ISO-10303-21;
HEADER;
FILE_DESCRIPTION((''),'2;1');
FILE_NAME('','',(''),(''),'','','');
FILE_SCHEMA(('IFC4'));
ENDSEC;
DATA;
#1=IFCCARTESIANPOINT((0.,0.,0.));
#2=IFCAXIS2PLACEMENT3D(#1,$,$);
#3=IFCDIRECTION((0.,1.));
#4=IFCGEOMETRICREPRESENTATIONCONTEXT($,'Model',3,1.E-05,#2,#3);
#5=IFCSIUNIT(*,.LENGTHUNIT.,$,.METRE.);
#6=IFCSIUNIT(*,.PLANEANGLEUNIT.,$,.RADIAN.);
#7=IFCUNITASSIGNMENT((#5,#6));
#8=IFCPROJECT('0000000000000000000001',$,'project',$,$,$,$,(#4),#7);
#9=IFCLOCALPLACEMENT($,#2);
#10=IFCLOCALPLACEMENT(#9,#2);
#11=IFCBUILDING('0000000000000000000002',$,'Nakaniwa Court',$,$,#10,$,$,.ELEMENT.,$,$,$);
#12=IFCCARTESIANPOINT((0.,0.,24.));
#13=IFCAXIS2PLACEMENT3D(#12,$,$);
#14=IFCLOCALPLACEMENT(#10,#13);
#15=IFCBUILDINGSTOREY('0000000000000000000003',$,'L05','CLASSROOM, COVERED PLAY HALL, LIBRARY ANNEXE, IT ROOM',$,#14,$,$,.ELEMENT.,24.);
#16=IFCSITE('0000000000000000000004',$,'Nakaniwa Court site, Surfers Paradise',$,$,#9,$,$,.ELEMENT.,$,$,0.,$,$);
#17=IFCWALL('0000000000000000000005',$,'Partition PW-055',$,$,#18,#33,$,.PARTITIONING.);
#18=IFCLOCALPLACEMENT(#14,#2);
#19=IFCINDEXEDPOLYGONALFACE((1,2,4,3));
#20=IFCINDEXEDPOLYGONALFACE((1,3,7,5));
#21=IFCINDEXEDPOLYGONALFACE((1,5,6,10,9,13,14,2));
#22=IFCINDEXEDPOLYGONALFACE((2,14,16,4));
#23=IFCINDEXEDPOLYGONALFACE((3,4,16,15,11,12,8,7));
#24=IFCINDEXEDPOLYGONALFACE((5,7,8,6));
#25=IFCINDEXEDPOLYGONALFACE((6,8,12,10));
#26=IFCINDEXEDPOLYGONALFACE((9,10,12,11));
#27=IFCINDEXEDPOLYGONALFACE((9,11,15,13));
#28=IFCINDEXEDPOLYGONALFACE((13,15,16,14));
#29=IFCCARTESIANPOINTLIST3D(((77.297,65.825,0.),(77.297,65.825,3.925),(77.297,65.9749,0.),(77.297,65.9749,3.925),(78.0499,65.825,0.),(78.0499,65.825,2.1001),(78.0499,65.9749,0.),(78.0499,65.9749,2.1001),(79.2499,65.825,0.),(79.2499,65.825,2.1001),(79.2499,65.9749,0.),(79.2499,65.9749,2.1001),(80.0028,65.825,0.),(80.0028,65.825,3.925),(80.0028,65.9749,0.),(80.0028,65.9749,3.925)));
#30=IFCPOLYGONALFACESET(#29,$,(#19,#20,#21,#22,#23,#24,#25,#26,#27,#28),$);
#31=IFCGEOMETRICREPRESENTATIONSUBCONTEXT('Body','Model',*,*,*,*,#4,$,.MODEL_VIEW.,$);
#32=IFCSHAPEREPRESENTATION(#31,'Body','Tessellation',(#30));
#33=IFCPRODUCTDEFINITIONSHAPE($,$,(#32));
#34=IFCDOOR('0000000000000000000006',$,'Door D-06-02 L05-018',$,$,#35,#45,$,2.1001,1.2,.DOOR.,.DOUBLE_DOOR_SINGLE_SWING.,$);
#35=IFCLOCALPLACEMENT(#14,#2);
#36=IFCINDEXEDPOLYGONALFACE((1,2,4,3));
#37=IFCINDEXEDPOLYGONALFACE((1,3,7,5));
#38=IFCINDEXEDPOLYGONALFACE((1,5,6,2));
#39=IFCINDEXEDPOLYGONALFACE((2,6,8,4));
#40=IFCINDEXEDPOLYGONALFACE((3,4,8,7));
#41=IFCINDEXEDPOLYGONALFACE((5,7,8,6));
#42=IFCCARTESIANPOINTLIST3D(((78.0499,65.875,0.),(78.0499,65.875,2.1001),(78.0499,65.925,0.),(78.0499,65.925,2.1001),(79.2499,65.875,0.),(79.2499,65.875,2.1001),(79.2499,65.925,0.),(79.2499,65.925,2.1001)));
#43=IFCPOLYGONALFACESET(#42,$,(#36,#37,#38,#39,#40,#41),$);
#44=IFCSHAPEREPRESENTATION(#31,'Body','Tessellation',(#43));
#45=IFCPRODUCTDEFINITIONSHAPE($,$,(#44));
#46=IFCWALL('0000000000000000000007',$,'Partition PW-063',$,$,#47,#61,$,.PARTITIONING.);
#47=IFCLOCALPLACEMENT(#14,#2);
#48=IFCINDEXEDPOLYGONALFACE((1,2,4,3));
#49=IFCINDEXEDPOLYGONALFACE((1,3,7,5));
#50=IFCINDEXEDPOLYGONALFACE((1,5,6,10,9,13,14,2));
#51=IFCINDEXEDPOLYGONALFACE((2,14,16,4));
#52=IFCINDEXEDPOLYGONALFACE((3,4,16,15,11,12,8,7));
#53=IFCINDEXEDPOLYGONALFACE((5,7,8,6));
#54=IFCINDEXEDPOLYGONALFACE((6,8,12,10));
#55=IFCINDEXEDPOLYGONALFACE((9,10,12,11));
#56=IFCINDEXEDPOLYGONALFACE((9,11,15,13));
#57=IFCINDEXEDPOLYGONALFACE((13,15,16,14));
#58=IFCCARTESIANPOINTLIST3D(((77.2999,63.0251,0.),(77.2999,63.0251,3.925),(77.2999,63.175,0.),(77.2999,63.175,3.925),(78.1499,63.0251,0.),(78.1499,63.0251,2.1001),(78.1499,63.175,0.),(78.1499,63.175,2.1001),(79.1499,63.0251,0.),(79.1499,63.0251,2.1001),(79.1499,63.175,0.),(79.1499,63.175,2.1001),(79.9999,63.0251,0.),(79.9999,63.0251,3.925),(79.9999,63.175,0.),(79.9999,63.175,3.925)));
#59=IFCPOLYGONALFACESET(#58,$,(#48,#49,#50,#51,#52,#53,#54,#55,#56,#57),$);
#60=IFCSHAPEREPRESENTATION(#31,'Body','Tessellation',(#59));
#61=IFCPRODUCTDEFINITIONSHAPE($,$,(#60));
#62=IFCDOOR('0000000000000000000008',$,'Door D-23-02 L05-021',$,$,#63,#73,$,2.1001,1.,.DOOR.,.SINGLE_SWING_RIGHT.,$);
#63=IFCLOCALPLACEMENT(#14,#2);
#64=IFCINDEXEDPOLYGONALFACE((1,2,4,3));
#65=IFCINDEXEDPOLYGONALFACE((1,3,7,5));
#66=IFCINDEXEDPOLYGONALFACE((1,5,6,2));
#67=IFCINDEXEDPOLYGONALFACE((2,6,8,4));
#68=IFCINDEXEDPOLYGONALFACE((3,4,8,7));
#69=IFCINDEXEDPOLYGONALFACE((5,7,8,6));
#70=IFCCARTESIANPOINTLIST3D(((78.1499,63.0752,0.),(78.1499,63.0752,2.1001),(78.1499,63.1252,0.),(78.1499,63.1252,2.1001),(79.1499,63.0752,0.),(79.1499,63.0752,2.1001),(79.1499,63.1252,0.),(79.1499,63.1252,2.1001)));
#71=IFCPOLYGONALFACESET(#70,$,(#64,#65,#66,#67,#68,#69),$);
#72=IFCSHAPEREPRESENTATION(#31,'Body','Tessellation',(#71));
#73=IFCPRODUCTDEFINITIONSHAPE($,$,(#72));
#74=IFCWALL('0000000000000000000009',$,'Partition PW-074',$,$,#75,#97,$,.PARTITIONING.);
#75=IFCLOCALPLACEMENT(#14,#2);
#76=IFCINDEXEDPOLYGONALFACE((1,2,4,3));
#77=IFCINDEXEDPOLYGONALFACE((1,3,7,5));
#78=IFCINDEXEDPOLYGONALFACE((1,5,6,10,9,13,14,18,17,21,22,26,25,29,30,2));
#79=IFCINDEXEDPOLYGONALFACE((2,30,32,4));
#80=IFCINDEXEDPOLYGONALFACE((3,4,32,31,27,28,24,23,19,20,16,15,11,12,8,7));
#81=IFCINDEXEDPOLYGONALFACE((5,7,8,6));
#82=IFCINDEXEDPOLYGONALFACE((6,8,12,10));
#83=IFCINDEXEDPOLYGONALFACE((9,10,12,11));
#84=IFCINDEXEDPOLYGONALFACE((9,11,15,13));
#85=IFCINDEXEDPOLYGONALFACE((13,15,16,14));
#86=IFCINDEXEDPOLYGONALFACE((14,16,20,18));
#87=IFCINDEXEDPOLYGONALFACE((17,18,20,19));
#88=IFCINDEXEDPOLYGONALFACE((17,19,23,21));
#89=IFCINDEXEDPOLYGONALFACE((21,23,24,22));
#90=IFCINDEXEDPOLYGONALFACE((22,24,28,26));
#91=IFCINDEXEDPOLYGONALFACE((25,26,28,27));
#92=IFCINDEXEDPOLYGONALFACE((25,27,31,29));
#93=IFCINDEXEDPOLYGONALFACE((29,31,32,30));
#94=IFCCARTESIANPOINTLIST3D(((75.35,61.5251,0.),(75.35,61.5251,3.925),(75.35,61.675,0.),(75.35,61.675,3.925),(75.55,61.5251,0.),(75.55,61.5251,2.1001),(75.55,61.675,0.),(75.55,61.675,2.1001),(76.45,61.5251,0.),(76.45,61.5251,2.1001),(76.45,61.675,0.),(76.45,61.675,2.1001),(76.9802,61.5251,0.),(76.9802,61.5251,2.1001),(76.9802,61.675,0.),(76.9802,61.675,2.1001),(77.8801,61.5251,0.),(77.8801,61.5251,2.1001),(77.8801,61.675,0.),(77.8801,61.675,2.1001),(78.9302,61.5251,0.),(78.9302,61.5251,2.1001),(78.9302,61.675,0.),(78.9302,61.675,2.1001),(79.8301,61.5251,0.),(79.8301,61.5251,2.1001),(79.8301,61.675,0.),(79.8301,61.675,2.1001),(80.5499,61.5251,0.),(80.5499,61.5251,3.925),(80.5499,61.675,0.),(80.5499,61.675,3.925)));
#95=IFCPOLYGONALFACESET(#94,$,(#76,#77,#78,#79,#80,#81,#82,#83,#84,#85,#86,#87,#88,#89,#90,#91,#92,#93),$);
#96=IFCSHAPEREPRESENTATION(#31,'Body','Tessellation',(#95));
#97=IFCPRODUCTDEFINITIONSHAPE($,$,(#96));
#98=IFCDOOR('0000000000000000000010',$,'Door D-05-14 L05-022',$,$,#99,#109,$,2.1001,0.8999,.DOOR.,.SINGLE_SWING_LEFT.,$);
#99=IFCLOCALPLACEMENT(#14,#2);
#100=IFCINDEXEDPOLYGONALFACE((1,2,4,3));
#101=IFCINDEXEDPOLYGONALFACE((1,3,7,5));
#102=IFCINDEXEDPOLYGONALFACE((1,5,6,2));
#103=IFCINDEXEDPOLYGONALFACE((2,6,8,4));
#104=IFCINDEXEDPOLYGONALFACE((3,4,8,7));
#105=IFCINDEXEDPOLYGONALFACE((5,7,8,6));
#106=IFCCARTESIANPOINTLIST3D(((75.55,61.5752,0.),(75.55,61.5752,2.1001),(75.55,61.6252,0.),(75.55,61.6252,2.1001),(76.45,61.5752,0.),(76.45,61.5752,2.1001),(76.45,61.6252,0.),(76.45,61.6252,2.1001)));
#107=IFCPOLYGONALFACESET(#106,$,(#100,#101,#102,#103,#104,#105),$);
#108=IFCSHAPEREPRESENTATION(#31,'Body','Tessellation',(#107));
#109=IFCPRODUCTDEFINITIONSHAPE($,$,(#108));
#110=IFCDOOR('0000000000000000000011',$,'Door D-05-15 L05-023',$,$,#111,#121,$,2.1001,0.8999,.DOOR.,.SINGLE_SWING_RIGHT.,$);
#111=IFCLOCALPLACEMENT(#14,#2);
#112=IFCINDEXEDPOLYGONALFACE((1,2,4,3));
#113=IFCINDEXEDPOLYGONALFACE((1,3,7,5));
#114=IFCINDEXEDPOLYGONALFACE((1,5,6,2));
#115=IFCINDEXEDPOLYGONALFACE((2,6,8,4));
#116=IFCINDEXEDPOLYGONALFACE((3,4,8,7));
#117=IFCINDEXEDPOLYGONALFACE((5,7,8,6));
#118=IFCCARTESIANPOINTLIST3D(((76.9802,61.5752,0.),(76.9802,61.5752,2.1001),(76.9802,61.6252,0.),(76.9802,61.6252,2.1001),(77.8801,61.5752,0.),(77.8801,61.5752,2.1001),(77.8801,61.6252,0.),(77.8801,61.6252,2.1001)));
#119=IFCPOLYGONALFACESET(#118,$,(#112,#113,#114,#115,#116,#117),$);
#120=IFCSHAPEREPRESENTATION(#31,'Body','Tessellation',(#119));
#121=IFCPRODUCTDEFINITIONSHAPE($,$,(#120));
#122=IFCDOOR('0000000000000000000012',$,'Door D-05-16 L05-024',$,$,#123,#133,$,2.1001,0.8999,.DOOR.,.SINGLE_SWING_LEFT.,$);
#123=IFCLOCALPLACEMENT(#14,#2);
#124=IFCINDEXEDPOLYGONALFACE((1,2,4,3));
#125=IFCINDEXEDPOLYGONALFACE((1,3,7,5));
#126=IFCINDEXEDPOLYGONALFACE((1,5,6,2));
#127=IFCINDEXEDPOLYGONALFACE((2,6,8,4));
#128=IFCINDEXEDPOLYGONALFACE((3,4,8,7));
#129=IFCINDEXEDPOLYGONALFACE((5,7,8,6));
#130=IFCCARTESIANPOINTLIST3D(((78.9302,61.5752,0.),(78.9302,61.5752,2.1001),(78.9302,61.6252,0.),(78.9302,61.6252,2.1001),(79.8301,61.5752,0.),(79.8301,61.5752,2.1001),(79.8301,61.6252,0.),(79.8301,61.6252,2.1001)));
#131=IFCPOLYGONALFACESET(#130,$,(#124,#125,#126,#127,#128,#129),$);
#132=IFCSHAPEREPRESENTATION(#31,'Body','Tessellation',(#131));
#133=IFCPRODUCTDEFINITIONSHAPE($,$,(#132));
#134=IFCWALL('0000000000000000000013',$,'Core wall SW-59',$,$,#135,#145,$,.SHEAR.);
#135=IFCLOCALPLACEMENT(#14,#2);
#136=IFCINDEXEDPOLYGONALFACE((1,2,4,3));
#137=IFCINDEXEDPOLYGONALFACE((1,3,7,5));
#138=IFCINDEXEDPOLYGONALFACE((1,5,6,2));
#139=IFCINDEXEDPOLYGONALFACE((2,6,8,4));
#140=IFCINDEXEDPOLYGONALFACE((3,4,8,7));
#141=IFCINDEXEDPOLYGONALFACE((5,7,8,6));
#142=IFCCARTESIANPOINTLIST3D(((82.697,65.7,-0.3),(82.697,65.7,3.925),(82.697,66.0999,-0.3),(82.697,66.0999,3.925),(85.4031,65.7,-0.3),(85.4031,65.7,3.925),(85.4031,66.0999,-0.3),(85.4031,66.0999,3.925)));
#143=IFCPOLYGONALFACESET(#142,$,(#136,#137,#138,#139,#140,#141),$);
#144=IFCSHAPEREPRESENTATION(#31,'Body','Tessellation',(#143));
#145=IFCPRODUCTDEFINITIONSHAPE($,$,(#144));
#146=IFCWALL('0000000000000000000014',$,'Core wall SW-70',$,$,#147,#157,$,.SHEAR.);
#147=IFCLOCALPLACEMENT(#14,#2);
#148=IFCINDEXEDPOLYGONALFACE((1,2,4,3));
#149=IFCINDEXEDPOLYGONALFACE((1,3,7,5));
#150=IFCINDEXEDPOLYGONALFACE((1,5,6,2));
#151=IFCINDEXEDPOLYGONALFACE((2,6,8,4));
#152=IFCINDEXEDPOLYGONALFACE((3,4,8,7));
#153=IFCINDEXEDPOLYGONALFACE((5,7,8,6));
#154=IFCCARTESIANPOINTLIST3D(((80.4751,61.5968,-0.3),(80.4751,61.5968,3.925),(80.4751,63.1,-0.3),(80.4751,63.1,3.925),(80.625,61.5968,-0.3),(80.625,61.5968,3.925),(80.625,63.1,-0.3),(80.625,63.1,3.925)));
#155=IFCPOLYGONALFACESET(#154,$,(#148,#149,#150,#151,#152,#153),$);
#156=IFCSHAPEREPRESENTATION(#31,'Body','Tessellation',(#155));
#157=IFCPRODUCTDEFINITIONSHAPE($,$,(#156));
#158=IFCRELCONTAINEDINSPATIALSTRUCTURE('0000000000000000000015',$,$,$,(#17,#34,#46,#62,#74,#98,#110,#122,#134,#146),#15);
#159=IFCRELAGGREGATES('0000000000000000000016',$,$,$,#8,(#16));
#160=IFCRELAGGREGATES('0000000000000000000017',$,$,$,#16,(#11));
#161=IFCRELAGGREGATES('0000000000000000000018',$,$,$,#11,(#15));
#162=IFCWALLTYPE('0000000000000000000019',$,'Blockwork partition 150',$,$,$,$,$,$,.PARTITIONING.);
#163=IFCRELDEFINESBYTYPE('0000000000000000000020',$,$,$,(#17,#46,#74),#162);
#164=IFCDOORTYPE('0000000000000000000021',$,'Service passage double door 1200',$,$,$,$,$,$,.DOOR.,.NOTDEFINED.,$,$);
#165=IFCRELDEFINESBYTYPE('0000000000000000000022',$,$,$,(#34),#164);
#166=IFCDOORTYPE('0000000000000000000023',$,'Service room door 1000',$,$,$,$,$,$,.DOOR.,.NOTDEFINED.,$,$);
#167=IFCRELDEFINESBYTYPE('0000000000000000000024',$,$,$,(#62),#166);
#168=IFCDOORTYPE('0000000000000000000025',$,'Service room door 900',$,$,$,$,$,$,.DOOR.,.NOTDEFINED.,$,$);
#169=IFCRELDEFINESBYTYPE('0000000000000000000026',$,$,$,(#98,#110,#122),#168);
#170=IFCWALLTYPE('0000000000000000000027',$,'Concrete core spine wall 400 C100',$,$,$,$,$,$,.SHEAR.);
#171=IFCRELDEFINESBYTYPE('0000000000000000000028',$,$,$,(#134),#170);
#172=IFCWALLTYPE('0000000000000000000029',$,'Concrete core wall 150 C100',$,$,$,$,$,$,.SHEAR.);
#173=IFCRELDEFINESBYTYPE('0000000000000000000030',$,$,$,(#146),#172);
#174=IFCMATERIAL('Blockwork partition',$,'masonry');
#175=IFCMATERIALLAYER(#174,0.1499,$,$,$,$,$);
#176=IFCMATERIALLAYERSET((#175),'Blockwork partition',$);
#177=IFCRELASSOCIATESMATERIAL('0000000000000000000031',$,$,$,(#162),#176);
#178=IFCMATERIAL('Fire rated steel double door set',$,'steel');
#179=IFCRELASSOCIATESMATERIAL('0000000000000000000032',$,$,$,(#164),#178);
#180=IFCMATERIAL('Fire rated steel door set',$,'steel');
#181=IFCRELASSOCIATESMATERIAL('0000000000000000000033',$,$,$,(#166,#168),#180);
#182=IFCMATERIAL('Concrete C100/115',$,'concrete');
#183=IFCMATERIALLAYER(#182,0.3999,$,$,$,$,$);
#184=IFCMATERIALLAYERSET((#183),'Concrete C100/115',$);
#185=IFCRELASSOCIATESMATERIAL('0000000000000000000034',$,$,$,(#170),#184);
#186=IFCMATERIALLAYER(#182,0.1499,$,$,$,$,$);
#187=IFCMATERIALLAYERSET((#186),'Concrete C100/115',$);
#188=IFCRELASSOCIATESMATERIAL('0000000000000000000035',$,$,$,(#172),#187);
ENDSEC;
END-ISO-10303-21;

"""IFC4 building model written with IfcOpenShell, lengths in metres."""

from ifc_helpers import new_model, si_unit, direction, frame, frame_2d, origin, place, context, subcontext, project, spatial, rectangle, extrude, material, layer, layer_set, type_object, element, fill, save


model = new_model("IFC4")

# Units and contexts
model_context = context("Model", 3, precision=1e-05, world=origin(), true_north=direction((0.0, 1.0)))
body_context = subcontext(model_context, "Body", "Model", "MODEL_VIEW")
ifc_project = project(units=[si_unit("LENGTHUNIT", "METRE"), si_unit("PLANEANGLEUNIT", "RADIAN")], contexts=[model_context])

# Site, building, storey
site_placement = place(None, origin())
site = spatial("IfcSite", under=ifc_project, at=site_placement, Name="Nakaniwa Court site, Surfers Paradise", CompositionType="ELEMENT", RefElevation=0.0)
building_placement = place(site_placement, origin())
building = spatial("IfcBuilding", under=site, at=building_placement, Name="Nakaniwa Court", CompositionType="ELEMENT")
storey_placement = place(building_placement, frame((0.0, 0.0, 24.0)))
storey = spatial("IfcBuildingStorey", under=building, at=storey_placement, Name="L05", Description="CLASSROOM, COVERED PLAY HALL, LIBRARY ANNEXE, IT ROOM", CompositionType="ELEMENT", Elevation=24.0)

# Walls, openings, doors
ifc_material_1 = material(Name="Blockwork partition", Category="masonry")
ifc_layer_1 = layer(ifc_material_1, 0.1499)
ifc_layer_set_1 = layer_set([ifc_layer_1], Name="Blockwork partition")
wall_type_1 = type_object("IfcWallType", Name="Blockwork partition 150", PredefinedType="PARTITIONING", material=ifc_layer_set_1)
wall_1_placement = place(storey_placement, frame((80.0029, 65.8999, 0.0), z_axis=(0.0, 0.0, 1.0), x_axis=(-1.0, 0.0, 0.0)))
wall_1 = element("IfcWall", 1, at=wall_1_placement, inside=storey, type_object=wall_type_1, Name="Partition PW-055", PredefinedType="PARTITIONING", context=body_context, shape_type="SweptSolid", body=[
    extrude(rectangle(XDim=2.7058, YDim=0.1499, at=frame_2d((1.353, 0.0))), origin(), (0.0, 0.0, 1.0), 3.925),
])
opening_1_placement = place(wall_1_placement, frame((0.7529, 0.0, 0.0)))
opening_1 = element("IfcOpeningElement", 2, at=opening_1_placement, cuts=wall_1, PredefinedType="OPENING", context=body_context, shape_type="SweptSolid", body=[
    extrude(rectangle(XDim=1.2, YDim=2.1001, at=frame_2d((0.6001, 1.05))), frame((0.0, 0.085, 0.0), z_axis=(0.0, -1.0, 0.0), x_axis=(1.0, 0.0, 0.0)), (0.0, 0.0, 1.0), 0.1699),
])
ifc_material_2 = material(Name="Fire rated steel double door set", Category="steel")
door_type_1 = type_object("IfcDoorType", Name="Service passage double door 1200", OperationType="NOTDEFINED", PredefinedType="DOOR", material=ifc_material_2)
door_1_placement = place(opening_1_placement, origin())
door_1 = element("IfcDoor", 3, at=door_1_placement, inside=storey, type_object=door_type_1, Name="Door D-06-02 L05-018", OperationType="DOUBLE_DOOR_SINGLE_SWING", OverallHeight=2.1001, OverallWidth=1.2, PredefinedType="DOOR", context=body_context, shape_type="SweptSolid", body=[
    extrude(rectangle(XDim=1.2, YDim=2.1001, at=frame_2d((0.6001, 1.05))), frame((0.0, 0.0249, 0.0), z_axis=(0.0, -1.0, 0.0), x_axis=(1.0, 0.0, 0.0)), (0.0, 0.0, 1.0), 0.05),
])
fill(opening_1, door_1)
wall_2_placement = place(storey_placement, frame((80.0, 63.1001, 0.0), z_axis=(0.0, 0.0, 1.0), x_axis=(-1.0, 0.0, 0.0)))
wall_2 = element("IfcWall", 4, at=wall_2_placement, inside=storey, type_object=wall_type_1, Name="Partition PW-063", PredefinedType="PARTITIONING", context=body_context, shape_type="SweptSolid", body=[
    extrude(rectangle(XDim=2.7, YDim=0.1499, at=frame_2d((1.3501, 0.0))), origin(), (0.0, 0.0, 1.0), 3.925),
])
opening_2_placement = place(wall_2_placement, frame((0.8501, 0.0, 0.0)))
opening_2 = element("IfcOpeningElement", 5, at=opening_2_placement, cuts=wall_2, PredefinedType="OPENING", context=body_context, shape_type="SweptSolid", body=[
    extrude(rectangle(XDim=1.0, YDim=2.1001, at=frame_2d((0.5, 1.05))), frame((0.0, 0.085, 0.0), z_axis=(0.0, -1.0, 0.0), x_axis=(1.0, 0.0, 0.0)), (0.0, 0.0, 1.0), 0.1699),
])
ifc_material_3 = material(Name="Fire rated steel door set", Category="steel")
door_type_2 = type_object("IfcDoorType", Name="Service room door 1000", OperationType="NOTDEFINED", PredefinedType="DOOR", material=ifc_material_3)
door_2_placement = place(opening_2_placement, origin())
door_2 = element("IfcDoor", 6, at=door_2_placement, inside=storey, type_object=door_type_2, Name="Door D-23-02 L05-021", OperationType="SINGLE_SWING_RIGHT", OverallHeight=2.1001, OverallWidth=1.0, PredefinedType="DOOR", context=body_context, shape_type="SweptSolid", body=[
    extrude(rectangle(XDim=1.0, YDim=2.1001, at=frame_2d((0.5, 1.05))), frame((0.0, 0.0249, 0.0), z_axis=(0.0, -1.0, 0.0), x_axis=(1.0, 0.0, 0.0)), (0.0, 0.0, 1.0), 0.05),
])
fill(opening_2, door_2)

# Wall, openings, doors
wall_3_placement = place(storey_placement, frame((80.55, 61.6001, 0.0), z_axis=(0.0, 0.0, 1.0), x_axis=(-1.0, 0.0, 0.0)))
wall_3 = element("IfcWall", 7, at=wall_3_placement, inside=storey, type_object=wall_type_1, Name="Partition PW-074", PredefinedType="PARTITIONING", context=body_context, shape_type="SweptSolid", body=[
    extrude(rectangle(XDim=5.2, YDim=0.1499, at=frame_2d((2.6001, 0.0))), origin(), (0.0, 0.0, 1.0), 3.925),
])
opening_3_placement = place(wall_3_placement, frame((4.1001, 0.0, 0.0)))
opening_3 = element("IfcOpeningElement", 8, at=opening_3_placement, cuts=wall_3, PredefinedType="OPENING", context=body_context, shape_type="SweptSolid", body=[
    extrude(rectangle(XDim=0.8999, YDim=2.1001, at=frame_2d((0.45, 1.05))), frame((0.0, 0.085, 0.0), z_axis=(0.0, -1.0, 0.0), x_axis=(1.0, 0.0, 0.0)), (0.0, 0.0, 1.0), 0.1699),
])
opening_4_placement = place(wall_3_placement, frame((2.6699, 0.0, 0.0)))
opening_4 = element("IfcOpeningElement", 9, at=opening_4_placement, cuts=wall_3, PredefinedType="OPENING", context=body_context, shape_type="SweptSolid", body=[
    extrude(rectangle(XDim=0.8999, YDim=2.1001, at=frame_2d((0.45, 1.05))), frame((0.0, 0.085, 0.0), z_axis=(0.0, -1.0, 0.0), x_axis=(1.0, 0.0, 0.0)), (0.0, 0.0, 1.0), 0.1699),
])
opening_5_placement = place(wall_3_placement, frame((0.72, 0.0, 0.0)))
opening_5 = element("IfcOpeningElement", 10, at=opening_5_placement, cuts=wall_3, PredefinedType="OPENING", context=body_context, shape_type="SweptSolid", body=[
    extrude(rectangle(XDim=0.8999, YDim=2.1001, at=frame_2d((0.45, 1.05))), frame((0.0, 0.085, 0.0), z_axis=(0.0, -1.0, 0.0), x_axis=(1.0, 0.0, 0.0)), (0.0, 0.0, 1.0), 0.1699),
])
door_type_3 = type_object("IfcDoorType", Name="Service room door 900", OperationType="NOTDEFINED", PredefinedType="DOOR", material=ifc_material_3)
door_3_placement = place(opening_3_placement, origin())
door_3 = element("IfcDoor", 11, at=door_3_placement, inside=storey, type_object=door_type_3, Name="Door D-05-14 L05-022", OperationType="SINGLE_SWING_LEFT", OverallHeight=2.1001, OverallWidth=0.8999, PredefinedType="DOOR", context=body_context, shape_type="SweptSolid", body=[
    extrude(rectangle(XDim=0.8999, YDim=2.1001, at=frame_2d((0.45, 1.05))), frame((0.0, 0.0249, 0.0), z_axis=(0.0, -1.0, 0.0), x_axis=(1.0, 0.0, 0.0)), (0.0, 0.0, 1.0), 0.05),
])
fill(opening_3, door_3)
door_4_placement = place(opening_4_placement, origin())
door_4 = element("IfcDoor", 12, at=door_4_placement, inside=storey, type_object=door_type_3, Name="Door D-05-15 L05-023", OperationType="SINGLE_SWING_RIGHT", OverallHeight=2.1001, OverallWidth=0.8999, PredefinedType="DOOR", context=body_context, shape_type="SweptSolid", body=[
    extrude(rectangle(XDim=0.8999, YDim=2.1001, at=frame_2d((0.45, 1.05))), frame((0.0, 0.0249, 0.0), z_axis=(0.0, -1.0, 0.0), x_axis=(1.0, 0.0, 0.0)), (0.0, 0.0, 1.0), 0.05),
])
fill(opening_4, door_4)
door_5_placement = place(opening_5_placement, origin())
door_5 = element("IfcDoor", 13, at=door_5_placement, inside=storey, type_object=door_type_3, Name="Door D-05-16 L05-024", OperationType="SINGLE_SWING_LEFT", OverallHeight=2.1001, OverallWidth=0.8999, PredefinedType="DOOR", context=body_context, shape_type="SweptSolid", body=[
    extrude(rectangle(XDim=0.8999, YDim=2.1001, at=frame_2d((0.45, 1.05))), frame((0.0, 0.0249, 0.0), z_axis=(0.0, -1.0, 0.0), x_axis=(1.0, 0.0, 0.0)), (0.0, 0.0, 1.0), 0.05),
])
fill(opening_5, door_5)

# Walls
ifc_material_4 = material(Name="Concrete C100/115", Category="concrete")
ifc_layer_2 = layer(ifc_material_4, 0.3999)
ifc_layer_set_2 = layer_set([ifc_layer_2], Name="Concrete C100/115")
wall_type_2 = type_object("IfcWallType", Name="Concrete core spine wall 400 C100", PredefinedType="SHEAR", material=ifc_layer_set_2)
wall_4_placement = place(storey_placement, frame((82.697, 65.8999, -0.3), z_axis=(0.0, 0.0, 1.0), x_axis=(1.0, 0.0, 0.0)))
element("IfcWall", 14, at=wall_4_placement, inside=storey, type_object=wall_type_2, Name="Core wall SW-59", PredefinedType="SHEAR", context=body_context, shape_type="SweptSolid", body=[
    extrude(rectangle(XDim=2.7061, YDim=0.3999, at=frame_2d((1.353, 0.0))), origin(), (0.0, 0.0, 1.0), 4.2251),
])
ifc_layer_3 = layer(ifc_material_4, 0.1499)
ifc_layer_set_3 = layer_set([ifc_layer_3], Name="Concrete C100/115")
wall_type_3 = type_object("IfcWallType", Name="Concrete core wall 150 C100", PredefinedType="SHEAR", material=ifc_layer_set_3)
wall_5_placement = place(storey_placement, frame((80.55, 61.5969, -0.3), z_axis=(0.0, 0.0, 1.0), x_axis=(0.0, 1.0, 0.0)))
element("IfcWall", 15, at=wall_5_placement, inside=storey, type_object=wall_type_3, Name="Core wall SW-70", PredefinedType="SHEAR", context=body_context, shape_type="SweptSolid", body=[
    extrude(rectangle(XDim=1.5032, YDim=0.1499, at=frame_2d((0.7515, 0.0))), origin(), (0.0, 0.0, 1.0), 4.2251),
])

save(model, "model.ifc")
